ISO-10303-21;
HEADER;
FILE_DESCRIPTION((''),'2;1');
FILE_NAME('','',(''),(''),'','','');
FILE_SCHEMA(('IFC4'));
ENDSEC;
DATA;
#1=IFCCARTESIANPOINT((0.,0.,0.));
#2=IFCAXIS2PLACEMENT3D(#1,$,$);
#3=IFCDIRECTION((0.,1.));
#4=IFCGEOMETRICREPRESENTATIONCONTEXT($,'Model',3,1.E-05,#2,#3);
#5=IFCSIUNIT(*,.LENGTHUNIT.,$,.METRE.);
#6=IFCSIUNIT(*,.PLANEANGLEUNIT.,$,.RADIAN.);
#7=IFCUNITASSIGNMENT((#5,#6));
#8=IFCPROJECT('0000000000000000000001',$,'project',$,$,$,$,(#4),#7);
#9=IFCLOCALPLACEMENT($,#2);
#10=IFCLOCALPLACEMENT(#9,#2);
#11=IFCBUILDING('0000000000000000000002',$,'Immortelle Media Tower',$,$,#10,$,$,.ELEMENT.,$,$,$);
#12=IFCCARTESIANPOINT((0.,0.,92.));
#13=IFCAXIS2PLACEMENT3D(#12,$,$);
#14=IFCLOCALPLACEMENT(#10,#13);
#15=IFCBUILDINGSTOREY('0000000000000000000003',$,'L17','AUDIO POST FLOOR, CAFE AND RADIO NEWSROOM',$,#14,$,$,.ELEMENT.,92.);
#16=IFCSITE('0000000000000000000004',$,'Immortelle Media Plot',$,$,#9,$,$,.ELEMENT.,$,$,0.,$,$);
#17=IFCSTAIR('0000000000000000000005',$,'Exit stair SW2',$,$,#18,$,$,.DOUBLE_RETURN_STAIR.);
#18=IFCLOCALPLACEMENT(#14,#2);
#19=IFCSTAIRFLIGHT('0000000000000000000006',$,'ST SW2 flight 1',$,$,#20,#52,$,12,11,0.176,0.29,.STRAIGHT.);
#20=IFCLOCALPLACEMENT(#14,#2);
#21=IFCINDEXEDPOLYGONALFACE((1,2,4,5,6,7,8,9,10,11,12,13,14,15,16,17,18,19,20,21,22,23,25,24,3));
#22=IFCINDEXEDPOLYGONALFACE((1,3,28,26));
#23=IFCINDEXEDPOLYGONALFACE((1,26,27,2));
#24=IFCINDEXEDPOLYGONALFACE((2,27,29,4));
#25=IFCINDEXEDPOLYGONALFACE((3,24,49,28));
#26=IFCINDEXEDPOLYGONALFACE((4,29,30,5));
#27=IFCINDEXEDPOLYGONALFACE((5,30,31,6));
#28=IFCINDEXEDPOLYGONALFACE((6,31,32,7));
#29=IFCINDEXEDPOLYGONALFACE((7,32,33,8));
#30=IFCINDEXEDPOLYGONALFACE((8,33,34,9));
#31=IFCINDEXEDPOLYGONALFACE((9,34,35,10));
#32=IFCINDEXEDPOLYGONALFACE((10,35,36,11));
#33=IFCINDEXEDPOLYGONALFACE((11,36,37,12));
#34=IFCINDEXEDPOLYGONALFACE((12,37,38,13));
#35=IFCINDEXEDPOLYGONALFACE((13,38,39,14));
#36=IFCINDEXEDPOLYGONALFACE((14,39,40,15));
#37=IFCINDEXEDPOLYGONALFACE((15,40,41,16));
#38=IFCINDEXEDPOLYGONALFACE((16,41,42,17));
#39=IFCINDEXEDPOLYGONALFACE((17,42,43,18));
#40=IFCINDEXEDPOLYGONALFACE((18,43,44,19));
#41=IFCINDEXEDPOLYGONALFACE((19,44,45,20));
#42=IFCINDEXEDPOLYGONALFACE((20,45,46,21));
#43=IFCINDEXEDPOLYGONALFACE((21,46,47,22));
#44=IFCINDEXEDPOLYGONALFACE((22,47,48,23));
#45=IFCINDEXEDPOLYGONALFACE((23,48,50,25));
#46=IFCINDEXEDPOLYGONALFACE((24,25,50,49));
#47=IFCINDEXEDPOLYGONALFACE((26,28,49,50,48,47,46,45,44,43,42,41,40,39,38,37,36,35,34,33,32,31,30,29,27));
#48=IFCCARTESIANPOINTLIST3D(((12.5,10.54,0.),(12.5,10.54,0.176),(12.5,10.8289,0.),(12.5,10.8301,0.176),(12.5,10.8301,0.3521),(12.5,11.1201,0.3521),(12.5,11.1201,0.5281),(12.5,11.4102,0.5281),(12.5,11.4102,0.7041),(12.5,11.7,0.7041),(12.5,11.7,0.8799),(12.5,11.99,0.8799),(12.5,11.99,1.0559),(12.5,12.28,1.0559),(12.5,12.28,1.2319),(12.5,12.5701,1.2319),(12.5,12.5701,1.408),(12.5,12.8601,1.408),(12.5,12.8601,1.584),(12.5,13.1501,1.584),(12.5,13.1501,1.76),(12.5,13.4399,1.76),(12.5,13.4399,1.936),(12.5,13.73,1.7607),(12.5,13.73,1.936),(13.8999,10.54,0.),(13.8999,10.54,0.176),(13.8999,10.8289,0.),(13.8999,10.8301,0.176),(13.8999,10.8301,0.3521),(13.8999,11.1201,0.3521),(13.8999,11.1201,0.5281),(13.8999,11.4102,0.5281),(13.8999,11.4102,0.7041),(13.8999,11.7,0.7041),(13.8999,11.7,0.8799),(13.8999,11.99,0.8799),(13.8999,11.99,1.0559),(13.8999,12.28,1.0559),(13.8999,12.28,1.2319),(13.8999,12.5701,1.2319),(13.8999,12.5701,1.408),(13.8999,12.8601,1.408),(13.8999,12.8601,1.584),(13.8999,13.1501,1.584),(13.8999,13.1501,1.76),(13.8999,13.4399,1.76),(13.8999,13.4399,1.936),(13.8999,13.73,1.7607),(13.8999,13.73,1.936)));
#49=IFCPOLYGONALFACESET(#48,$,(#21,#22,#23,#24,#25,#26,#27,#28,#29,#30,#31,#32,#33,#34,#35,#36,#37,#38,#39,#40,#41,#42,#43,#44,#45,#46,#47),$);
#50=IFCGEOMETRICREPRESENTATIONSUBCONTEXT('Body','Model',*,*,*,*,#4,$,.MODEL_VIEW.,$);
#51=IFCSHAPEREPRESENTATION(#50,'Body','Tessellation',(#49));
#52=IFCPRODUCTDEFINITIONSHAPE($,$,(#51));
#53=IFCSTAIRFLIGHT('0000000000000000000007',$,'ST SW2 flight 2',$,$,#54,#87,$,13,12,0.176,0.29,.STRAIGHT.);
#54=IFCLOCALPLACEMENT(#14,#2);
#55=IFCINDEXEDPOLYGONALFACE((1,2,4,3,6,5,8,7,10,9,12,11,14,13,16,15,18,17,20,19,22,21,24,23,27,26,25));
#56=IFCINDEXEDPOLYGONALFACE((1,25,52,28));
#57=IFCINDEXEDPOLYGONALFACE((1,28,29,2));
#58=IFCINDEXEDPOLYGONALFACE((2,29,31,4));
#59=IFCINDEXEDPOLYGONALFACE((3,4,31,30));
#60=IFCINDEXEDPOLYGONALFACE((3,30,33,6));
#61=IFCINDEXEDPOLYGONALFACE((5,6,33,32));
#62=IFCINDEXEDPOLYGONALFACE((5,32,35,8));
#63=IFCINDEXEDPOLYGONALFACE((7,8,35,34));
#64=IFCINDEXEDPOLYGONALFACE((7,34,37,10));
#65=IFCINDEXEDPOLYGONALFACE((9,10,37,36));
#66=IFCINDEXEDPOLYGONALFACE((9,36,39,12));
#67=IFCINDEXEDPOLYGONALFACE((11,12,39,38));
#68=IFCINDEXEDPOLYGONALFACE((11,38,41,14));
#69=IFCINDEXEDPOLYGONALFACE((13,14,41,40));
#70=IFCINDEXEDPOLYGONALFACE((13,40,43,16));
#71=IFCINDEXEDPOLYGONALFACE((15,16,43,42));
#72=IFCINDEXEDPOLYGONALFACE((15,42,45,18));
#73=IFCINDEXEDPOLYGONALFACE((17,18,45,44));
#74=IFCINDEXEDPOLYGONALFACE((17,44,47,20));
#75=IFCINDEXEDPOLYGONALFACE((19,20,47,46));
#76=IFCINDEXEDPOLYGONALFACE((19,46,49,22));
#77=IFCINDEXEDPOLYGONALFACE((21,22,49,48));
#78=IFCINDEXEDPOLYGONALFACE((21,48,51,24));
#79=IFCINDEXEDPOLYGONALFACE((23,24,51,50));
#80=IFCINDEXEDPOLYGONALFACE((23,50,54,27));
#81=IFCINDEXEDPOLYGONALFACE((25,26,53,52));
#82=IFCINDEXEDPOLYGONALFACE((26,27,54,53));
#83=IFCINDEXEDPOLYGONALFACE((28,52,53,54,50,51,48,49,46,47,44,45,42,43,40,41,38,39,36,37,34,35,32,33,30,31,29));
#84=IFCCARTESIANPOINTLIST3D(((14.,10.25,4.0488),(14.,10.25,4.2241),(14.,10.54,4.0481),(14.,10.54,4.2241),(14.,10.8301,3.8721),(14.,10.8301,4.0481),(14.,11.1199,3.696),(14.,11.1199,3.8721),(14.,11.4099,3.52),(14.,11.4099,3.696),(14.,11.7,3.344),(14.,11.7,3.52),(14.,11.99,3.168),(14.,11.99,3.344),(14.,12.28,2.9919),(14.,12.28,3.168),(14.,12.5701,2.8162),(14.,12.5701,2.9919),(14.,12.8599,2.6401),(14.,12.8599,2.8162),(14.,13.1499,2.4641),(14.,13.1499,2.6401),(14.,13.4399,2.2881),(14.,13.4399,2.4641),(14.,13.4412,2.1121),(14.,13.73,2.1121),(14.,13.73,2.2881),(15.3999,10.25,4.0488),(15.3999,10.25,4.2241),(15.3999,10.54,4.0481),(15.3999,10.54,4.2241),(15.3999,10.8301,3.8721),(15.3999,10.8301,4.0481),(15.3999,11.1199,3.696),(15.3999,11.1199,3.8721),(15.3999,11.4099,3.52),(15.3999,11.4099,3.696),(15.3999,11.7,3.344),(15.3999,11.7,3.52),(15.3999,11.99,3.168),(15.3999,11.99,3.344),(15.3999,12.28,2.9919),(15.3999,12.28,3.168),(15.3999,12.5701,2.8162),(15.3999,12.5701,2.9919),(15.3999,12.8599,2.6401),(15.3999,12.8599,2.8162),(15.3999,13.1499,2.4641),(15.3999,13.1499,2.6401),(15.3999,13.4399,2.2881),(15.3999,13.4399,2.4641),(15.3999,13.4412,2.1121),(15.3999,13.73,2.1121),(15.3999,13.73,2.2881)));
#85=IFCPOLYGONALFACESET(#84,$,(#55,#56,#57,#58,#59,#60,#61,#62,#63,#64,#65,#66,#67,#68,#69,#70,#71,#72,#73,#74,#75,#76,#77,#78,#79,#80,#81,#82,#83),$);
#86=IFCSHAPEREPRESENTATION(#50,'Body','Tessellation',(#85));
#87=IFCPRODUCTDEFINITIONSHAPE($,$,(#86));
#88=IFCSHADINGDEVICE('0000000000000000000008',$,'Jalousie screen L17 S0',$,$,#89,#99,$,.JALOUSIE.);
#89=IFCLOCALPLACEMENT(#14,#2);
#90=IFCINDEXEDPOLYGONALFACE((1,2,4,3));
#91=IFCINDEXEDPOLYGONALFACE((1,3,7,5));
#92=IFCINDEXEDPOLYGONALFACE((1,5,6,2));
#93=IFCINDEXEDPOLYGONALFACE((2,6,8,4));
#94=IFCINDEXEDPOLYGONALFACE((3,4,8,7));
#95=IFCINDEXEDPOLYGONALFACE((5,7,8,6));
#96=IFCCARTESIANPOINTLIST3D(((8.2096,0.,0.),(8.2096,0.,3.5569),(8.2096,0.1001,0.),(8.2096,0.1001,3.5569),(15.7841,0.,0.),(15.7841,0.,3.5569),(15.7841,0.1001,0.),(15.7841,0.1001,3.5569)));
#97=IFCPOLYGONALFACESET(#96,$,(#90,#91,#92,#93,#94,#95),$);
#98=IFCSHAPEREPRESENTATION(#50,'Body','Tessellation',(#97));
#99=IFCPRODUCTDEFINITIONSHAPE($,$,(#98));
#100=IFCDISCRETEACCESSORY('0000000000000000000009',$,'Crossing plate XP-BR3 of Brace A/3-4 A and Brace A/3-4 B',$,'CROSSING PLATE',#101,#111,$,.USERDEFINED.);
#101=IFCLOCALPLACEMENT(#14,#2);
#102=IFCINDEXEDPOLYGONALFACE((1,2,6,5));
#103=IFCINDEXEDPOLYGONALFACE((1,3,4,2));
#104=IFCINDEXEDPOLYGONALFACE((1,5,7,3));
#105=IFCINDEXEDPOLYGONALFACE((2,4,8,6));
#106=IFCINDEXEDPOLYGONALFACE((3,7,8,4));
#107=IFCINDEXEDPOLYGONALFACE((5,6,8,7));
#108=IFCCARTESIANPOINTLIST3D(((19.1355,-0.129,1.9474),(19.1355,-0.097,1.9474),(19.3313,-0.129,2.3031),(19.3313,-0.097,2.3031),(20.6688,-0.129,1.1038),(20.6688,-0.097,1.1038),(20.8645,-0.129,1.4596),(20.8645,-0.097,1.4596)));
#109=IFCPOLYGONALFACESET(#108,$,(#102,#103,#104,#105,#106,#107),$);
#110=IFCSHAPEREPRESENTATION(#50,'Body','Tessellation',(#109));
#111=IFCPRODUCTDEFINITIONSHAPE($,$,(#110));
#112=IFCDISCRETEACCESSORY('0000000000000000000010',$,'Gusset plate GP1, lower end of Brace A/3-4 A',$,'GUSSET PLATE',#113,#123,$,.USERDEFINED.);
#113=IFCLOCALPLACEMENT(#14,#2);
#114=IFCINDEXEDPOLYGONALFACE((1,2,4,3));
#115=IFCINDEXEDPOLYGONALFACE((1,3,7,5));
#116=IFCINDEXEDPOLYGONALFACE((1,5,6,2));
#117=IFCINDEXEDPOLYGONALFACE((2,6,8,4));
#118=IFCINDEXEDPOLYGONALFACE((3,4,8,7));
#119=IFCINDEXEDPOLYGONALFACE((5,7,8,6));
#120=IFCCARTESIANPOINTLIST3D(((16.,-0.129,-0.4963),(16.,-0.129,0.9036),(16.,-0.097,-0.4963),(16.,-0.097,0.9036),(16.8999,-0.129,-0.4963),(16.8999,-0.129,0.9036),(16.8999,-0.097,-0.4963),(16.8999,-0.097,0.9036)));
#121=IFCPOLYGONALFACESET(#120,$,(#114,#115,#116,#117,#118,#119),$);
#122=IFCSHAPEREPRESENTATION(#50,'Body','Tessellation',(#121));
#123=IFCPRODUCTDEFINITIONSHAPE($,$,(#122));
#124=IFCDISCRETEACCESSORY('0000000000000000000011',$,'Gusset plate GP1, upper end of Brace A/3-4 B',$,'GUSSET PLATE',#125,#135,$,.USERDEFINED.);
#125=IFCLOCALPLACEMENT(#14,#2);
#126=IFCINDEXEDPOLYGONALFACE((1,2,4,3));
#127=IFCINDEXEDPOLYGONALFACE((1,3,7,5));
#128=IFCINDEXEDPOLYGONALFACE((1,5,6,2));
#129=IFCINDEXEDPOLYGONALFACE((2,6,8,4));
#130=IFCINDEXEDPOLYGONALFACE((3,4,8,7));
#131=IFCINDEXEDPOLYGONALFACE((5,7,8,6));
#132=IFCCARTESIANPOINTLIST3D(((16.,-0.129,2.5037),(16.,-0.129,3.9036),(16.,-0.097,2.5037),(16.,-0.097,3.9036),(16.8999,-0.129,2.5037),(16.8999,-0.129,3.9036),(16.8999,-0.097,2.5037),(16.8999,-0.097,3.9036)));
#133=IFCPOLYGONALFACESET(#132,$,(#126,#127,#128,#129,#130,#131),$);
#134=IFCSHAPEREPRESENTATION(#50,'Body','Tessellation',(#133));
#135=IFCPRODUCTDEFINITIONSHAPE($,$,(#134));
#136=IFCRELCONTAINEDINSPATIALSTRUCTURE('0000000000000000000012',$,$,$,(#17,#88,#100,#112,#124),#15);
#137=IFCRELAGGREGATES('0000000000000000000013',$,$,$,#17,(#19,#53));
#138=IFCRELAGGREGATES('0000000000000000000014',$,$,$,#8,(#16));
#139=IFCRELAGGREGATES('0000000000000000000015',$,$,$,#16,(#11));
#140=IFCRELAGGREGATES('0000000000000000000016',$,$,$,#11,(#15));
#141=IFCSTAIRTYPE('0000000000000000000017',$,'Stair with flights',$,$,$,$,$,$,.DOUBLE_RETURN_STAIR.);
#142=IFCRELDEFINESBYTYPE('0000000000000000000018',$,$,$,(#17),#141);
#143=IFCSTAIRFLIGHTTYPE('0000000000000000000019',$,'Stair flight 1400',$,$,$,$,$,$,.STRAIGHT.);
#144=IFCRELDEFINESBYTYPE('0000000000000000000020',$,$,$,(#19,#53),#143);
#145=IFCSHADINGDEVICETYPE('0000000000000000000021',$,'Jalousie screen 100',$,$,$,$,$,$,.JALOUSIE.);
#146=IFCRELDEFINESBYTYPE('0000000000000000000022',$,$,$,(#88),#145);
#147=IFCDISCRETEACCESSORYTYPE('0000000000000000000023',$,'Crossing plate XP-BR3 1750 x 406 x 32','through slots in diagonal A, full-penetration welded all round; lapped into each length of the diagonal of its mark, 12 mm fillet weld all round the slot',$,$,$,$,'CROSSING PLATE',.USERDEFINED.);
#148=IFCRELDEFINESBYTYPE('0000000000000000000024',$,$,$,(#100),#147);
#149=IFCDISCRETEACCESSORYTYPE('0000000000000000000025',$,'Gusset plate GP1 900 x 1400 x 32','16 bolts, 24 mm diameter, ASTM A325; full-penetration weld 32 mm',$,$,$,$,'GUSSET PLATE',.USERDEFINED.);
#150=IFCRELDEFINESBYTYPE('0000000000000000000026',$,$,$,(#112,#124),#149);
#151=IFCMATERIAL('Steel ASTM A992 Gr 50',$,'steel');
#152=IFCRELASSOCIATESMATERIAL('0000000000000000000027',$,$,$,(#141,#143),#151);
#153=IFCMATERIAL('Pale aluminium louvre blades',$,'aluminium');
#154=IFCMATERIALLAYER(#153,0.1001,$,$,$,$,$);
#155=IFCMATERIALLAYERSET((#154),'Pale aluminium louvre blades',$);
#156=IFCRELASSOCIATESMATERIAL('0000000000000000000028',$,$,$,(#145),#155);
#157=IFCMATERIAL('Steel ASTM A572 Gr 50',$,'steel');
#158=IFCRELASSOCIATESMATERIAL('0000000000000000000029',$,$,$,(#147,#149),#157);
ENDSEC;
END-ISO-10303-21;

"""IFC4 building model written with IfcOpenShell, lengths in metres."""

from ifc_helpers import new_model, si_unit, direction, frame, origin, origin_2d, place, context, subcontext, project, spatial, polyline, rectangle, outline, extrude, material, layer, layer_set, material_profile, profile_set, type_object, element, aggregate, save


model = new_model("IFC4")

# Units and contexts
model_context = context("Model", 3, precision=1e-05, world=origin(), true_north=direction((0.0, 1.0)))
body_context = subcontext(model_context, "Body", "Model", "MODEL_VIEW")
ifc_project = project(units=[si_unit("LENGTHUNIT", "METRE"), si_unit("PLANEANGLEUNIT", "RADIAN")], contexts=[model_context])

# Site, building, storey
site_placement = place(None, origin())
site = spatial("IfcSite", under=ifc_project, at=site_placement, Name="Immortelle Media Plot", CompositionType="ELEMENT", RefElevation=0.0)
building_placement = place(site_placement, origin())
building = spatial("IfcBuilding", under=site, at=building_placement, Name="Immortelle Media Tower", CompositionType="ELEMENT")
storey_placement = place(building_placement, frame((0.0, 0.0, 92.0)))
storey = spatial("IfcBuildingStorey", under=building, at=storey_placement, Name="L17", Description="AUDIO POST FLOOR, CAFE AND RADIO NEWSROOM", CompositionType="ELEMENT", Elevation=92.0)

# Shared definitions
ifc_material_1 = material(Name="Steel ASTM A992 Gr 50", Category="steel")

# Shared definitions
stair_type = type_object("IfcStairType", Name="Stair with flights", PredefinedType="DOUBLE_RETURN_STAIR", material=ifc_material_1)
stair_flight_type = type_object("IfcStairFlightType", Name="Stair flight 1400", PredefinedType="STRAIGHT", material=ifc_material_1)

# Stair, stair flights
stair_1_placement = place(storey_placement, origin())
stair_1 = element("IfcStair", 1, at=stair_1_placement, inside=storey, type_object=stair_type, Name="Exit stair SW2", PredefinedType="DOUBLE_RETURN_STAIR")
stair_flight_1_placement = place(storey_placement, frame((13.2, 10.54, 0.0), z_axis=(0.0, 0.0, 1.0), x_axis=(0.0, 1.0, 0.0)))
stair_flight_1 = element("IfcStairFlight", 2, at=stair_flight_1_placement, type_object=stair_flight_type, Name="ST SW2 flight 1", NumberOfRisers=12, NumberOfTreads=11, PredefinedType="STRAIGHT", RiserHeight=0.176, TreadLength=0.29, context=body_context, shape_type="SweptSolid", body=[
    extrude(outline(polyline([(0.0, 0.0), (0.0, 0.176), (0.29, 0.176), (0.29, 0.3521), (0.5801, 0.3521), (0.5801, 0.5281), (0.8701, 0.5281), (0.8701, 0.7041), (1.1599, 0.7041), (1.1599, 0.8799), (1.45, 0.8799), (1.45, 1.0559), (1.74, 1.0559), (1.74, 1.2319), (2.03, 1.2319), (2.03, 1.408), (2.3201, 1.408), (2.3201, 1.584), (2.6101, 1.584), (2.6101, 1.76), (2.8999, 1.76), (2.8999, 1.936), (3.1899, 1.936), (3.1899, 2.1121), (3.1899, 1.7607), (0.2888, 0.0), (0.0, 0.0)])), frame((0.0, 0.7, 0.0), z_axis=(0.0, -1.0, 0.0), x_axis=(1.0, 0.0, 0.0)), (0.0, 0.0, 1.0), 1.3999),
])
stair_flight_2_placement = place(storey_placement, frame((14.7, 13.73, 2.1121), z_axis=(0.0, 0.0, 1.0), x_axis=(0.0, -1.0, 0.0)))
stair_flight_2 = element("IfcStairFlight", 3, at=stair_flight_2_placement, type_object=stair_flight_type, Name="ST SW2 flight 2", NumberOfRisers=13, NumberOfTreads=12, PredefinedType="STRAIGHT", RiserHeight=0.176, TreadLength=0.29, context=body_context, shape_type="SweptSolid", body=[
    extrude(outline(polyline([(0.0, 0.0), (0.0, 0.176), (0.29, 0.176), (0.29, 0.3521), (0.5801, 0.3521), (0.5801, 0.5281), (0.8701, 0.5281), (0.8701, 0.7041), (1.1599, 0.7041), (1.1599, 0.8799), (1.45, 0.8799), (1.45, 1.0559), (1.74, 1.0559), (1.74, 1.2319), (2.03, 1.2319), (2.03, 1.408), (2.3201, 1.408), (2.3201, 1.584), (2.6101, 1.584), (2.6101, 1.76), (2.8999, 1.76), (2.8999, 1.936), (3.1899, 1.936), (3.1899, 2.1121), (3.48, 2.1121), (3.48, 2.2881), (3.48, 1.9368), (0.2888, 0.0), (0.0, 0.0)])), frame((0.0, 0.7, 0.0), z_axis=(0.0, -1.0, 0.0), x_axis=(1.0, 0.0, 0.0)), (0.0, 0.0, 1.0), 1.3999),
])
aggregate(stair_1, [stair_flight_1, stair_flight_2])

# Shading device
ifc_material_2 = material(Name="Pale aluminium louvre blades", Category="aluminium")
ifc_layer_1 = layer(ifc_material_2, 0.1001)
ifc_layer_set_1 = layer_set([ifc_layer_1], Name="Pale aluminium louvre blades")
shading_device_type = type_object("IfcShadingDeviceType", Name="Jalousie screen 100", PredefinedType="JALOUSIE", material=ifc_layer_set_1)
shading_device_placement = place(storey_placement, frame((11.9968, 0.05, 0.0), z_axis=(0.0, 0.0, 1.0), x_axis=(1.0, 0.0, 0.0)))
element("IfcShadingDevice", 4, at=shading_device_placement, inside=storey, type_object=shading_device_type, Name="Jalousie screen L17 S0", PredefinedType="JALOUSIE", context=body_context, shape_type="SweptSolid", body=[
    extrude(rectangle(XDim=7.5745, YDim=0.1001, at=origin_2d()), origin(), (0.0, 0.0, 1.0), 3.5569),
])

# Discrete accessories
ifc_material_3 = material(Name="Steel ASTM A572 Gr 50", Category="steel")
ifc_material_profile_1 = material_profile(ifc_material_3, rectangle(XDim=0.032, YDim=0.406, at=origin_2d()), Name="PL 32 x 406")
ifc_profile_set_1 = profile_set([ifc_material_profile_1], Name="Steel ASTM A572 Gr 50")
discrete_accessory_type_1 = type_object("IfcDiscreteAccessoryType", Name="Crossing plate XP-BR3 1750 x 406 x 32", Description="through slots in diagonal A, full-penetration welded all round; lapped into each length of the diagonal of its mark, 12 mm fillet weld all round the slot", ElementType="CROSSING PLATE", PredefinedType="USERDEFINED", material=ifc_profile_set_1)
discrete_accessory_placement = place(storey_placement, frame((19.2334, -0.113, 2.1252), z_axis=(0.876157, 0.0, -0.482026), x_axis=(0.0, 1.0, 0.0)))
element("IfcDiscreteAccessory", 5, at=discrete_accessory_placement, inside=storey, type_object=discrete_accessory_type_1, Name="Crossing plate XP-BR3 of Brace A/3-4 A and Brace A/3-4 B", ObjectType="CROSSING PLATE", PredefinedType="USERDEFINED", context=body_context, shape_type="SweptSolid", body=[
    extrude(rectangle(XDim=0.032, YDim=0.406, at=origin_2d()), origin(), (0.0, 0.0, 1.0), 1.75),
])
ifc_material_profile_2 = material_profile(ifc_material_3, rectangle(XDim=0.032, YDim=1.3999, at=origin_2d()), Name="PL 32 x 1400")
ifc_profile_set_2 = profile_set([ifc_material_profile_2], Name="Steel ASTM A572 Gr 50")
discrete_accessory_type_2 = type_object("IfcDiscreteAccessoryType", Name="Gusset plate GP1 900 x 1400 x 32", Description="16 bolts, 24 mm diameter, ASTM A325; full-penetration weld 32 mm", ElementType="GUSSET PLATE", PredefinedType="USERDEFINED", material=ifc_profile_set_2)
for number, where, z_axis, x_axis, name in (
    (6, (16.0, -0.113, 0.2036), (1.0, 0.0, 0.0), (0.0, 1.0, 0.0), "Gusset plate GP1, lower end of Brace A/3-4 A"),
    (7, (16.0, -0.113, 3.2036), (1.0, 0.0, 0.0), (0.0, 1.0, 0.0), "Gusset plate GP1, upper end of Brace A/3-4 B"),
):
    element("IfcDiscreteAccessory", number, at=place(storey_placement, frame(where, z_axis=z_axis, x_axis=x_axis)), inside=storey, type_object=discrete_accessory_type_2, Name=name, ObjectType="GUSSET PLATE", PredefinedType="USERDEFINED", context=body_context, shape_type="SweptSolid", body=[
        extrude(rectangle(XDim=0.032, YDim=1.3999, at=origin_2d()), origin(), (0.0, 0.0, 1.0), 0.8999),
    ])

save(model, "model.ifc")
